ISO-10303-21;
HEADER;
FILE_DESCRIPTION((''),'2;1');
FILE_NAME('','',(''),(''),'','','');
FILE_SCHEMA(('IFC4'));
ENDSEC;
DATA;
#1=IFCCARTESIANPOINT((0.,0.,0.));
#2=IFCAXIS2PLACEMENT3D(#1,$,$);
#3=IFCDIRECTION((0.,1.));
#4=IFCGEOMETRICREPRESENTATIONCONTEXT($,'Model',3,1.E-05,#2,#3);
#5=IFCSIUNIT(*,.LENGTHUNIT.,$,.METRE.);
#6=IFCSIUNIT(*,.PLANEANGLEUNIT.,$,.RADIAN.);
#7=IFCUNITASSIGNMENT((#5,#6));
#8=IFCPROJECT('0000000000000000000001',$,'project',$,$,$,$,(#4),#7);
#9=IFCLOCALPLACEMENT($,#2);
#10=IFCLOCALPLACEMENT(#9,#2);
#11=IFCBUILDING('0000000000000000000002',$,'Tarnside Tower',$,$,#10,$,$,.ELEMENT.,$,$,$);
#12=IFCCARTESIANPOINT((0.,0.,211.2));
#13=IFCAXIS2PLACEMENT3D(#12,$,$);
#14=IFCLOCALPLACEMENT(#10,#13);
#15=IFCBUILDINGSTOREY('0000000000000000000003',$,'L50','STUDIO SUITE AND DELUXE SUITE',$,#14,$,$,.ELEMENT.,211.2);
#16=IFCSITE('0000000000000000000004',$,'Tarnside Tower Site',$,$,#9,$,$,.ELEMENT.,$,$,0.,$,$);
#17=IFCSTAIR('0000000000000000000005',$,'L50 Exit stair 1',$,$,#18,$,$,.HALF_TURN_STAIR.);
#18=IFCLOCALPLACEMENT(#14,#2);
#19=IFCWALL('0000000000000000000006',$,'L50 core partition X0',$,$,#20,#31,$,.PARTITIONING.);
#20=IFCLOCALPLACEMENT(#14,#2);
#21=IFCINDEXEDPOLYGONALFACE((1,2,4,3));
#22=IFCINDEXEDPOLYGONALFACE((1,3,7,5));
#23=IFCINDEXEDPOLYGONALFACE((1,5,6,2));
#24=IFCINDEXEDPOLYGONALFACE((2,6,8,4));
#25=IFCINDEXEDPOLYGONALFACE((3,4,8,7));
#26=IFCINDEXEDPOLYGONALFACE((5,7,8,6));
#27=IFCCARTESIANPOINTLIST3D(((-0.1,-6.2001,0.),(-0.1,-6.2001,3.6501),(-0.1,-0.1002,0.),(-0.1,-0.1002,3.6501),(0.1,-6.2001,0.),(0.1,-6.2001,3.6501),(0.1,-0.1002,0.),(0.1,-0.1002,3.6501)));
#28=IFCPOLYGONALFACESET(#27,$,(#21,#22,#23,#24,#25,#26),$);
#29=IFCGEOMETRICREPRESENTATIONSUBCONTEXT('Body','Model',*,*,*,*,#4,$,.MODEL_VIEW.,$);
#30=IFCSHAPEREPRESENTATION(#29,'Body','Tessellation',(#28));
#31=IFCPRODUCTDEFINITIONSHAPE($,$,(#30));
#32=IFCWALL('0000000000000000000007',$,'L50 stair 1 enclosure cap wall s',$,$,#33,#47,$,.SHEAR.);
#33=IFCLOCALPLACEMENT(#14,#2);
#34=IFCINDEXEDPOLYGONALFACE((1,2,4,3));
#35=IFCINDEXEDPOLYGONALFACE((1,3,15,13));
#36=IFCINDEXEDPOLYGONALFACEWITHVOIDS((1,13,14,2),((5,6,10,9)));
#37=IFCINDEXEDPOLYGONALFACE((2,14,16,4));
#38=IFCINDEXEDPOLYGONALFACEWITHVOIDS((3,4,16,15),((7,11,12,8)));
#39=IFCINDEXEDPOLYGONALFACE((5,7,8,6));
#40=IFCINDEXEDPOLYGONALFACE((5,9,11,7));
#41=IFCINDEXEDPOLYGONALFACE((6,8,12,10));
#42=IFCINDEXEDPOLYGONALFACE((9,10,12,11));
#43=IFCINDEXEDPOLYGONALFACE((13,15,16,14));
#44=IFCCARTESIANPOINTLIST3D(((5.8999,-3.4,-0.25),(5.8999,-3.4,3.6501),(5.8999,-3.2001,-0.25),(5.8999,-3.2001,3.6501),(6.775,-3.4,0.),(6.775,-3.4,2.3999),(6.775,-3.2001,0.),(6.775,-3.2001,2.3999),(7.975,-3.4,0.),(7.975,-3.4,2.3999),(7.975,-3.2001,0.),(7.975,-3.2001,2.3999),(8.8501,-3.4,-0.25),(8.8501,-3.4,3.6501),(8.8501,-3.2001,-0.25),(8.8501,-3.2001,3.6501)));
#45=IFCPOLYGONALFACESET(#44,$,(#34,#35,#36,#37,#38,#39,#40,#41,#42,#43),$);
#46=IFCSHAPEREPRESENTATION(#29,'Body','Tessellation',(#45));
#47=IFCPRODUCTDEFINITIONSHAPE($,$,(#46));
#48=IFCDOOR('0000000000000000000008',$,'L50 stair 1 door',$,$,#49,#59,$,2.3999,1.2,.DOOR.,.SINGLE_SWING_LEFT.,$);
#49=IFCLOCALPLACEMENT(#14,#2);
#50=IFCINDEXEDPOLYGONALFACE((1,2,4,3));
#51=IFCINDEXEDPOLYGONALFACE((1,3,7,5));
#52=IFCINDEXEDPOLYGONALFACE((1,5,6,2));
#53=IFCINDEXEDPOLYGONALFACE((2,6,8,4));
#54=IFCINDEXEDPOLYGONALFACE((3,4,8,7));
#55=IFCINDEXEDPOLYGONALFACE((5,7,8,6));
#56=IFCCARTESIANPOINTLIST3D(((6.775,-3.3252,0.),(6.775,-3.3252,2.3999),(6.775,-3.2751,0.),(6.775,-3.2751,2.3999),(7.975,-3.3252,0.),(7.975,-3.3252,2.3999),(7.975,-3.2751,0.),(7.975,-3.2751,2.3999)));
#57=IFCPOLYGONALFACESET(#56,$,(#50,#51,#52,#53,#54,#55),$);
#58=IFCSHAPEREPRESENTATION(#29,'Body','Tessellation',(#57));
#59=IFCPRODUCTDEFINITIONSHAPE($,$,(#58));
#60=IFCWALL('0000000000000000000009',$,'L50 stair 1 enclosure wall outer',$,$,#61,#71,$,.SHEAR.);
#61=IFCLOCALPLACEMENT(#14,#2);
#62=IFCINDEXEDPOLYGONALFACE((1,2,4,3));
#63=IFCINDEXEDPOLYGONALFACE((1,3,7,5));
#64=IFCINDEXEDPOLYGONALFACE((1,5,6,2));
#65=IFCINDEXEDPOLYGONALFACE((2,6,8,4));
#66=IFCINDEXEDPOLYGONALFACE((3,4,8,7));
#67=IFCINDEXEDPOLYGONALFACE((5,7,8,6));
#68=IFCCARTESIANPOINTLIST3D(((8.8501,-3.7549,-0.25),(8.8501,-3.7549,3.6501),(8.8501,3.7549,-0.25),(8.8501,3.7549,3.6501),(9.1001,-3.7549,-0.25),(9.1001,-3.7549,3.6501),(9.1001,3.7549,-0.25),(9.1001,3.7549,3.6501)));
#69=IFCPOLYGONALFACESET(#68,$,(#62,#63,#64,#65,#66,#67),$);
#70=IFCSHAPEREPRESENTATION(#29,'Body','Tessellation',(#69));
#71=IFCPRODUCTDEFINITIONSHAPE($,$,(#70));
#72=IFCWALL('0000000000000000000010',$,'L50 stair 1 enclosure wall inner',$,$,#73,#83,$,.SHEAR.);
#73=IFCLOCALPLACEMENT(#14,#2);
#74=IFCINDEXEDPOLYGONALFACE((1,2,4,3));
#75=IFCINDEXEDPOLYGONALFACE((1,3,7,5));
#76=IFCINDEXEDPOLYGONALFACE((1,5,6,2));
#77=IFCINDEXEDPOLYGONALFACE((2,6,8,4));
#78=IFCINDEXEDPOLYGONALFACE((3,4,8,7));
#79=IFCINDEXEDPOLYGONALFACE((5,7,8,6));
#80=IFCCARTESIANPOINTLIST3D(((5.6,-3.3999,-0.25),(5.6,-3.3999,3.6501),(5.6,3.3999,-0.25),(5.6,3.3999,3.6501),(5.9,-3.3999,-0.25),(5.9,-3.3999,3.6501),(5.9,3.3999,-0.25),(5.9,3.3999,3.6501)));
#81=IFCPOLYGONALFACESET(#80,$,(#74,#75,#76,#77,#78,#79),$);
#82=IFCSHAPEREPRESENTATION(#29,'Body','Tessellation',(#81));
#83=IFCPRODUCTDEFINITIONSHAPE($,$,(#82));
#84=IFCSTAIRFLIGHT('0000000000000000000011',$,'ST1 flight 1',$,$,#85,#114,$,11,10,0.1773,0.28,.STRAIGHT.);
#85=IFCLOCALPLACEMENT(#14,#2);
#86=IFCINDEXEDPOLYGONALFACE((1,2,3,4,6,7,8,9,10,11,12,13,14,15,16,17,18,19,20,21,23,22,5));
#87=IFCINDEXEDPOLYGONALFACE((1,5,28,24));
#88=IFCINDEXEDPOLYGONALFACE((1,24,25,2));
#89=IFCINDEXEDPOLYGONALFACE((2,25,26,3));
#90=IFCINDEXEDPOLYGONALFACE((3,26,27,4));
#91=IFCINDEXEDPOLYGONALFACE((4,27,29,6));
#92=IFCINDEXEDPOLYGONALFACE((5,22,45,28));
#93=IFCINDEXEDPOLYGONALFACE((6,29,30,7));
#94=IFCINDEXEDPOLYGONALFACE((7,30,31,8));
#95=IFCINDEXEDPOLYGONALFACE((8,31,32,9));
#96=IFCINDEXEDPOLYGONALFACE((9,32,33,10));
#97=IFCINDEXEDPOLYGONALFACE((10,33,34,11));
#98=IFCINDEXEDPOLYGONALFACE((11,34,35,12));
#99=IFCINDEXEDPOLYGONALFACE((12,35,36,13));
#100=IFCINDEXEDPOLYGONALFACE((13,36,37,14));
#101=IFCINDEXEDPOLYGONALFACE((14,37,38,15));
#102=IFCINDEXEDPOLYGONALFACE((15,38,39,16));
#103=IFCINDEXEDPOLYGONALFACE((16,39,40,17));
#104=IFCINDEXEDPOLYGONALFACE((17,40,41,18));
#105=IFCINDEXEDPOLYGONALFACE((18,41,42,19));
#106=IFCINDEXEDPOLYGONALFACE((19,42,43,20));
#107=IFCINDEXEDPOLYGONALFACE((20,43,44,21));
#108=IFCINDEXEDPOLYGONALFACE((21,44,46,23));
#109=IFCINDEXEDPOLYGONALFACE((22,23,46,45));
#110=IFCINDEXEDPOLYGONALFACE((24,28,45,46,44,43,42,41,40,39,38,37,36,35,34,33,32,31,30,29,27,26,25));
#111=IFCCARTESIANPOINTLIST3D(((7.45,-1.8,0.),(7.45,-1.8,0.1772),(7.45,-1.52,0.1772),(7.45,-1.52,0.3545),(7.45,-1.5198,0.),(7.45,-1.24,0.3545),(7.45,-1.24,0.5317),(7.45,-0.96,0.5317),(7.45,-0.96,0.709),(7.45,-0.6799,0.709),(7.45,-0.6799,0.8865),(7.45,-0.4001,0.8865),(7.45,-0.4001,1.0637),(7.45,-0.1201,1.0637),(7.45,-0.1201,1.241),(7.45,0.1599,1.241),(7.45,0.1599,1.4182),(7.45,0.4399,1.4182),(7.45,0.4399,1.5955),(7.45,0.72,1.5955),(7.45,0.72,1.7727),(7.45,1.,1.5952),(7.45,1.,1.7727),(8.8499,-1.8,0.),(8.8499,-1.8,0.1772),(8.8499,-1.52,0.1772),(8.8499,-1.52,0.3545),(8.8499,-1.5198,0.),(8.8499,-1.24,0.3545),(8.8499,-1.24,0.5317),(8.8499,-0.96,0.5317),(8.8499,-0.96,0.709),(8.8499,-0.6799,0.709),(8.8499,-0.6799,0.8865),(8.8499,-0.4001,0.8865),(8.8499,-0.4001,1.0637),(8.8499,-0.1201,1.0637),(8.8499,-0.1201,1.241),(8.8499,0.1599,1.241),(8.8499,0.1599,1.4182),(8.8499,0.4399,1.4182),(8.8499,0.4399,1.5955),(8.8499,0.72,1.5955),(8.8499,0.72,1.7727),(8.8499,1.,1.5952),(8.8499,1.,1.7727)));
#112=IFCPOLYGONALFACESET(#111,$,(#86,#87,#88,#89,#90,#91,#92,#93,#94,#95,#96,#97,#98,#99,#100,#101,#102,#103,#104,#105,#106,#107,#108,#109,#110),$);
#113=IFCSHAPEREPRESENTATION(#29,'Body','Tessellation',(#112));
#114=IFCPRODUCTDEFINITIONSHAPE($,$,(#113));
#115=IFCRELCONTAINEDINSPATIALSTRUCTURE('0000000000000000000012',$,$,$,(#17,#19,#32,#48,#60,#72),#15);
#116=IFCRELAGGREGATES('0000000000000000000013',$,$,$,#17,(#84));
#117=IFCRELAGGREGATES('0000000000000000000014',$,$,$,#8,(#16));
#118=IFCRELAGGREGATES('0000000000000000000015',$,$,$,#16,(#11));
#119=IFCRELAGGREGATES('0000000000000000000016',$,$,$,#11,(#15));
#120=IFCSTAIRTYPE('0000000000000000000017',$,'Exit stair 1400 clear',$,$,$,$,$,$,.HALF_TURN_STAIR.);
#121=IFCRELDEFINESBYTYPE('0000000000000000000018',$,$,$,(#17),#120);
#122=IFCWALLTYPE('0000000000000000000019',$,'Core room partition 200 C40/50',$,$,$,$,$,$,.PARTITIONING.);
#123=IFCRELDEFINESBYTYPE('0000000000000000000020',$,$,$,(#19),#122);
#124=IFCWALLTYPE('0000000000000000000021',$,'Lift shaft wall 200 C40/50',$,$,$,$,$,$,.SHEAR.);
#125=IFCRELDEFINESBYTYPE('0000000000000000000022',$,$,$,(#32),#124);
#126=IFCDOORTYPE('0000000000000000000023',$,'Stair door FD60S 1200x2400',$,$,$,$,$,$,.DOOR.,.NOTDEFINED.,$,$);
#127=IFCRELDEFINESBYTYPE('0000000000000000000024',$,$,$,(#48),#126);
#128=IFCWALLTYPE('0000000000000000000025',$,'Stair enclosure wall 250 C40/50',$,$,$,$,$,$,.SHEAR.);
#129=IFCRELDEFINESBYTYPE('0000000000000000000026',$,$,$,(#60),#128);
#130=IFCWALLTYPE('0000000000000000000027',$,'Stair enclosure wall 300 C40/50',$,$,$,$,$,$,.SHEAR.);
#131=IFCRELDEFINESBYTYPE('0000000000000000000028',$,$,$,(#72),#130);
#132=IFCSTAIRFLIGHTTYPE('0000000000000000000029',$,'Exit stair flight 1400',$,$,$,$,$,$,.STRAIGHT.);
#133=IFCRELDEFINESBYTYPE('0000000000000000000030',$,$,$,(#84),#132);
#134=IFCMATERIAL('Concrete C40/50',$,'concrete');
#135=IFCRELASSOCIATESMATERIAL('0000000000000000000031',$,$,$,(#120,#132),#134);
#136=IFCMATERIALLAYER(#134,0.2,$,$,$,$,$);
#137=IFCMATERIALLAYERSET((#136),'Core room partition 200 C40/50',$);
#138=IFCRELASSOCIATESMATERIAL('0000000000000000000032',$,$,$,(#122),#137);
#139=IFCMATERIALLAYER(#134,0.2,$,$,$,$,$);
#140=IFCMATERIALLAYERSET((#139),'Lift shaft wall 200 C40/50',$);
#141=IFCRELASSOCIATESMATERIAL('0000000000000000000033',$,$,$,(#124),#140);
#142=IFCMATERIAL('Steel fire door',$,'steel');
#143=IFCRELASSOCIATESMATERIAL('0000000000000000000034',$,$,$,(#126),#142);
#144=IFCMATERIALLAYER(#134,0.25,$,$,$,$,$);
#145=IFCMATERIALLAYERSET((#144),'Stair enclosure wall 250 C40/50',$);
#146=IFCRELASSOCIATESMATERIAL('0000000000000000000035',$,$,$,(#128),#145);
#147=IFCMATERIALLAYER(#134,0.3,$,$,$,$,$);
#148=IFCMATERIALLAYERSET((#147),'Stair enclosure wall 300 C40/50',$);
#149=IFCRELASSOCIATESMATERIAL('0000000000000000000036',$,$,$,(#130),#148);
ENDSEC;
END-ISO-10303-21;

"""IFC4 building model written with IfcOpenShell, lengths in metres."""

from ifc_helpers import new_model, si_unit, direction, frame, frame_2d, origin, place, context, subcontext, project, spatial, polyline, rectangle, outline, extrude, material, layer, layer_set, type_object, element, fill, aggregate, save


model = new_model("IFC4")

# Units and contexts
model_context = context("Model", 3, precision=1e-05, world=origin(), true_north=direction((0.0, 1.0)))
body_context = subcontext(model_context, "Body", "Model", "MODEL_VIEW")
ifc_project = project(units=[si_unit("LENGTHUNIT", "METRE"), si_unit("PLANEANGLEUNIT", "RADIAN")], contexts=[model_context])

# Site, building, storey
site_placement = place(None, origin())
site = spatial("IfcSite", under=ifc_project, at=site_placement, Name="Tarnside Tower Site", CompositionType="ELEMENT", RefElevation=0.0)
building_placement = place(site_placement, origin())
building = spatial("IfcBuilding", under=site, at=building_placement, Name="Tarnside Tower", CompositionType="ELEMENT")
storey_placement = place(building_placement, frame((0.0, 0.0, 211.2)))
storey = spatial("IfcBuildingStorey", under=building, at=storey_placement, Name="L50", Description="STUDIO SUITE AND DELUXE SUITE", CompositionType="ELEMENT", Elevation=211.2)

# Shared definitions
ifc_material_1 = material(Name="Concrete C40/50", Category="concrete")

# Stair
stair_type = type_object("IfcStairType", Name="Exit stair 1400 clear", PredefinedType="HALF_TURN_STAIR", material=ifc_material_1)
stair_1_placement = place(storey_placement, origin())
stair_1 = element("IfcStair", 1, at=stair_1_placement, inside=storey, type_object=stair_type, Name="L50 Exit stair 1", PredefinedType="HALF_TURN_STAIR")

# Shared definitions
ifc_layer_1 = layer(ifc_material_1, 0.2)
ifc_layer_set_1 = layer_set([ifc_layer_1], Name="Core room partition 200 C40/50")
wall_type_1 = type_object("IfcWallType", Name="Core room partition 200 C40/50", PredefinedType="PARTITIONING", material=ifc_layer_set_1)
ifc_material_2 = material(Name="Steel fire door", Category="steel")

# Wall
wall_1_placement = place(storey_placement, frame((0.0, -6.2, 0.0), z_axis=(0.0, 0.0, 1.0), x_axis=(0.0, 1.0, 0.0)))
element("IfcWall", 2, at=wall_1_placement, inside=storey, type_object=wall_type_1, Name="L50 core partition X0", PredefinedType="PARTITIONING", context=body_context, shape_type="SweptSolid", body=[
    extrude(rectangle(XDim=6.0999, YDim=0.2, at=frame_2d((3.0498, 0.0))), origin(), (0.0, 0.0, 1.0), 3.6501),
])

# Wall, opening, door
ifc_layer_2 = layer(ifc_material_1, 0.2)
ifc_layer_set_2 = layer_set([ifc_layer_2], Name="Lift shaft wall 200 C40/50")
wall_type_2 = type_object("IfcWallType", Name="Lift shaft wall 200 C40/50", PredefinedType="SHEAR", material=ifc_layer_set_2)
wall_2_placement = place(storey_placement, frame((5.8999, -3.3, -0.25), z_axis=(0.0, 0.0, 1.0), x_axis=(1.0, 0.0, 0.0)))
wall_2 = element("IfcWall", 3, at=wall_2_placement, inside=storey, type_object=wall_type_2, Name="L50 stair 1 enclosure cap wall s", PredefinedType="SHEAR", context=body_context, shape_type="SweptSolid", body=[
    extrude(rectangle(XDim=2.9502, YDim=0.2, at=frame_2d((1.4751, 0.0))), origin(), (0.0, 0.0, 1.0), 3.9001),
])
opening_1_placement = place(wall_2_placement, frame((0.875, 0.0, 0.25)))
opening_1 = element("IfcOpeningElement", 4, at=opening_1_placement, cuts=wall_2, PredefinedType="OPENING", context=body_context, shape_type="SweptSolid", body=[
    extrude(rectangle(XDim=1.2, YDim=2.3999, at=frame_2d((0.6001, 1.2))), frame((0.0, 0.1099, 0.0), z_axis=(0.0, -1.0, 0.0), x_axis=(1.0, 0.0, 0.0)), (0.0, 0.0, 1.0), 0.22),
])
door_type_1 = type_object("IfcDoorType", Name="Stair door FD60S 1200x2400", OperationType="NOTDEFINED", PredefinedType="DOOR", material=ifc_material_2)
door_1_placement = place(opening_1_placement, origin())
door_1 = element("IfcDoor", 5, at=door_1_placement, inside=storey, type_object=door_type_1, Name="L50 stair 1 door", OperationType="SINGLE_SWING_LEFT", OverallHeight=2.3999, OverallWidth=1.2, PredefinedType="DOOR", context=body_context, shape_type="SweptSolid", body=[
    extrude(rectangle(XDim=1.2, YDim=2.3999, at=frame_2d((0.6001, 1.2))), frame((0.0, 0.0249, 0.0), z_axis=(0.0, -1.0, 0.0), x_axis=(1.0, 0.0, 0.0)), (0.0, 0.0, 1.0), 0.05),
])
fill(opening_1, door_1)

# Walls
ifc_layer_3 = layer(ifc_material_1, 0.25)
ifc_layer_set_3 = layer_set([ifc_layer_3], Name="Stair enclosure wall 250 C40/50")
wall_type_3 = type_object("IfcWallType", Name="Stair enclosure wall 250 C40/50", PredefinedType="SHEAR", material=ifc_layer_set_3)
wall_3_placement = place(storey_placement, frame((8.9751, -3.7549, -0.25), z_axis=(0.0, 0.0, 1.0), x_axis=(0.0, 1.0, 0.0)))
element("IfcWall", 6, at=wall_3_placement, inside=storey, type_object=wall_type_3, Name="L50 stair 1 enclosure wall outer", PredefinedType="SHEAR", context=body_context, shape_type="SweptSolid", body=[
    extrude(rectangle(XDim=7.5098, YDim=0.25, at=frame_2d((3.7549, 0.0))), origin(), (0.0, 0.0, 1.0), 3.9001),
])
ifc_layer_4 = layer(ifc_material_1, 0.3)
ifc_layer_set_4 = layer_set([ifc_layer_4], Name="Stair enclosure wall 300 C40/50")
wall_type_4 = type_object("IfcWallType", Name="Stair enclosure wall 300 C40/50", PredefinedType="SHEAR", material=ifc_layer_set_4)
wall_4_placement = place(storey_placement, frame((5.75, -3.3999, -0.25), z_axis=(0.0, 0.0, 1.0), x_axis=(0.0, 1.0, 0.0)))
element("IfcWall", 7, at=wall_4_placement, inside=storey, type_object=wall_type_4, Name="L50 stair 1 enclosure wall inner", PredefinedType="SHEAR", context=body_context, shape_type="SweptSolid", body=[
    extrude(rectangle(XDim=6.7998, YDim=0.3, at=frame_2d((3.3999, 0.0))), origin(), (0.0, 0.0, 1.0), 3.9001),
])

# Stair flight
stair_flight_type = type_object("IfcStairFlightType", Name="Exit stair flight 1400", PredefinedType="STRAIGHT", material=ifc_material_1)
stair_flight_placement = place(storey_placement, frame((8.1499, -1.8, 0.0), z_axis=(0.0, 0.0, 1.0), x_axis=(0.0, 1.0, 0.0)))
stair_flight = element("IfcStairFlight", 8, at=stair_flight_placement, type_object=stair_flight_type, Name="ST1 flight 1", NumberOfRisers=11, NumberOfTreads=10, PredefinedType="STRAIGHT", RiserHeight=0.1773, TreadLength=0.28, context=body_context, shape_type="SweptSolid", body=[
    extrude(outline(polyline([(0.0, 0.0), (0.0, 0.1772), (0.28, 0.1772), (0.28, 0.3545), (0.5601, 0.3545), (0.5601, 0.5317), (0.8401, 0.5317), (0.8401, 0.709), (1.1201, 0.709), (1.1201, 0.8865), (1.3999, 0.8865), (1.3999, 1.0637), (1.6799, 1.0637), (1.6799, 1.241), (1.96, 1.241), (1.96, 1.4182), (2.24, 1.4182), (2.24, 1.5955), (2.52, 1.5955), (2.52, 1.7727), (2.8, 1.7727), (2.8, 1.95), (2.8, 1.5952), (0.2803, 0.0), (0.0, 0.0)])), frame((0.0, 0.7, 0.0), z_axis=(0.0, -1.0, 0.0), x_axis=(1.0, 0.0, 0.0)), (0.0, 0.0, 1.0), 1.3999),
])
aggregate(stair_1, [stair_flight])

save(model, "model.ifc")
